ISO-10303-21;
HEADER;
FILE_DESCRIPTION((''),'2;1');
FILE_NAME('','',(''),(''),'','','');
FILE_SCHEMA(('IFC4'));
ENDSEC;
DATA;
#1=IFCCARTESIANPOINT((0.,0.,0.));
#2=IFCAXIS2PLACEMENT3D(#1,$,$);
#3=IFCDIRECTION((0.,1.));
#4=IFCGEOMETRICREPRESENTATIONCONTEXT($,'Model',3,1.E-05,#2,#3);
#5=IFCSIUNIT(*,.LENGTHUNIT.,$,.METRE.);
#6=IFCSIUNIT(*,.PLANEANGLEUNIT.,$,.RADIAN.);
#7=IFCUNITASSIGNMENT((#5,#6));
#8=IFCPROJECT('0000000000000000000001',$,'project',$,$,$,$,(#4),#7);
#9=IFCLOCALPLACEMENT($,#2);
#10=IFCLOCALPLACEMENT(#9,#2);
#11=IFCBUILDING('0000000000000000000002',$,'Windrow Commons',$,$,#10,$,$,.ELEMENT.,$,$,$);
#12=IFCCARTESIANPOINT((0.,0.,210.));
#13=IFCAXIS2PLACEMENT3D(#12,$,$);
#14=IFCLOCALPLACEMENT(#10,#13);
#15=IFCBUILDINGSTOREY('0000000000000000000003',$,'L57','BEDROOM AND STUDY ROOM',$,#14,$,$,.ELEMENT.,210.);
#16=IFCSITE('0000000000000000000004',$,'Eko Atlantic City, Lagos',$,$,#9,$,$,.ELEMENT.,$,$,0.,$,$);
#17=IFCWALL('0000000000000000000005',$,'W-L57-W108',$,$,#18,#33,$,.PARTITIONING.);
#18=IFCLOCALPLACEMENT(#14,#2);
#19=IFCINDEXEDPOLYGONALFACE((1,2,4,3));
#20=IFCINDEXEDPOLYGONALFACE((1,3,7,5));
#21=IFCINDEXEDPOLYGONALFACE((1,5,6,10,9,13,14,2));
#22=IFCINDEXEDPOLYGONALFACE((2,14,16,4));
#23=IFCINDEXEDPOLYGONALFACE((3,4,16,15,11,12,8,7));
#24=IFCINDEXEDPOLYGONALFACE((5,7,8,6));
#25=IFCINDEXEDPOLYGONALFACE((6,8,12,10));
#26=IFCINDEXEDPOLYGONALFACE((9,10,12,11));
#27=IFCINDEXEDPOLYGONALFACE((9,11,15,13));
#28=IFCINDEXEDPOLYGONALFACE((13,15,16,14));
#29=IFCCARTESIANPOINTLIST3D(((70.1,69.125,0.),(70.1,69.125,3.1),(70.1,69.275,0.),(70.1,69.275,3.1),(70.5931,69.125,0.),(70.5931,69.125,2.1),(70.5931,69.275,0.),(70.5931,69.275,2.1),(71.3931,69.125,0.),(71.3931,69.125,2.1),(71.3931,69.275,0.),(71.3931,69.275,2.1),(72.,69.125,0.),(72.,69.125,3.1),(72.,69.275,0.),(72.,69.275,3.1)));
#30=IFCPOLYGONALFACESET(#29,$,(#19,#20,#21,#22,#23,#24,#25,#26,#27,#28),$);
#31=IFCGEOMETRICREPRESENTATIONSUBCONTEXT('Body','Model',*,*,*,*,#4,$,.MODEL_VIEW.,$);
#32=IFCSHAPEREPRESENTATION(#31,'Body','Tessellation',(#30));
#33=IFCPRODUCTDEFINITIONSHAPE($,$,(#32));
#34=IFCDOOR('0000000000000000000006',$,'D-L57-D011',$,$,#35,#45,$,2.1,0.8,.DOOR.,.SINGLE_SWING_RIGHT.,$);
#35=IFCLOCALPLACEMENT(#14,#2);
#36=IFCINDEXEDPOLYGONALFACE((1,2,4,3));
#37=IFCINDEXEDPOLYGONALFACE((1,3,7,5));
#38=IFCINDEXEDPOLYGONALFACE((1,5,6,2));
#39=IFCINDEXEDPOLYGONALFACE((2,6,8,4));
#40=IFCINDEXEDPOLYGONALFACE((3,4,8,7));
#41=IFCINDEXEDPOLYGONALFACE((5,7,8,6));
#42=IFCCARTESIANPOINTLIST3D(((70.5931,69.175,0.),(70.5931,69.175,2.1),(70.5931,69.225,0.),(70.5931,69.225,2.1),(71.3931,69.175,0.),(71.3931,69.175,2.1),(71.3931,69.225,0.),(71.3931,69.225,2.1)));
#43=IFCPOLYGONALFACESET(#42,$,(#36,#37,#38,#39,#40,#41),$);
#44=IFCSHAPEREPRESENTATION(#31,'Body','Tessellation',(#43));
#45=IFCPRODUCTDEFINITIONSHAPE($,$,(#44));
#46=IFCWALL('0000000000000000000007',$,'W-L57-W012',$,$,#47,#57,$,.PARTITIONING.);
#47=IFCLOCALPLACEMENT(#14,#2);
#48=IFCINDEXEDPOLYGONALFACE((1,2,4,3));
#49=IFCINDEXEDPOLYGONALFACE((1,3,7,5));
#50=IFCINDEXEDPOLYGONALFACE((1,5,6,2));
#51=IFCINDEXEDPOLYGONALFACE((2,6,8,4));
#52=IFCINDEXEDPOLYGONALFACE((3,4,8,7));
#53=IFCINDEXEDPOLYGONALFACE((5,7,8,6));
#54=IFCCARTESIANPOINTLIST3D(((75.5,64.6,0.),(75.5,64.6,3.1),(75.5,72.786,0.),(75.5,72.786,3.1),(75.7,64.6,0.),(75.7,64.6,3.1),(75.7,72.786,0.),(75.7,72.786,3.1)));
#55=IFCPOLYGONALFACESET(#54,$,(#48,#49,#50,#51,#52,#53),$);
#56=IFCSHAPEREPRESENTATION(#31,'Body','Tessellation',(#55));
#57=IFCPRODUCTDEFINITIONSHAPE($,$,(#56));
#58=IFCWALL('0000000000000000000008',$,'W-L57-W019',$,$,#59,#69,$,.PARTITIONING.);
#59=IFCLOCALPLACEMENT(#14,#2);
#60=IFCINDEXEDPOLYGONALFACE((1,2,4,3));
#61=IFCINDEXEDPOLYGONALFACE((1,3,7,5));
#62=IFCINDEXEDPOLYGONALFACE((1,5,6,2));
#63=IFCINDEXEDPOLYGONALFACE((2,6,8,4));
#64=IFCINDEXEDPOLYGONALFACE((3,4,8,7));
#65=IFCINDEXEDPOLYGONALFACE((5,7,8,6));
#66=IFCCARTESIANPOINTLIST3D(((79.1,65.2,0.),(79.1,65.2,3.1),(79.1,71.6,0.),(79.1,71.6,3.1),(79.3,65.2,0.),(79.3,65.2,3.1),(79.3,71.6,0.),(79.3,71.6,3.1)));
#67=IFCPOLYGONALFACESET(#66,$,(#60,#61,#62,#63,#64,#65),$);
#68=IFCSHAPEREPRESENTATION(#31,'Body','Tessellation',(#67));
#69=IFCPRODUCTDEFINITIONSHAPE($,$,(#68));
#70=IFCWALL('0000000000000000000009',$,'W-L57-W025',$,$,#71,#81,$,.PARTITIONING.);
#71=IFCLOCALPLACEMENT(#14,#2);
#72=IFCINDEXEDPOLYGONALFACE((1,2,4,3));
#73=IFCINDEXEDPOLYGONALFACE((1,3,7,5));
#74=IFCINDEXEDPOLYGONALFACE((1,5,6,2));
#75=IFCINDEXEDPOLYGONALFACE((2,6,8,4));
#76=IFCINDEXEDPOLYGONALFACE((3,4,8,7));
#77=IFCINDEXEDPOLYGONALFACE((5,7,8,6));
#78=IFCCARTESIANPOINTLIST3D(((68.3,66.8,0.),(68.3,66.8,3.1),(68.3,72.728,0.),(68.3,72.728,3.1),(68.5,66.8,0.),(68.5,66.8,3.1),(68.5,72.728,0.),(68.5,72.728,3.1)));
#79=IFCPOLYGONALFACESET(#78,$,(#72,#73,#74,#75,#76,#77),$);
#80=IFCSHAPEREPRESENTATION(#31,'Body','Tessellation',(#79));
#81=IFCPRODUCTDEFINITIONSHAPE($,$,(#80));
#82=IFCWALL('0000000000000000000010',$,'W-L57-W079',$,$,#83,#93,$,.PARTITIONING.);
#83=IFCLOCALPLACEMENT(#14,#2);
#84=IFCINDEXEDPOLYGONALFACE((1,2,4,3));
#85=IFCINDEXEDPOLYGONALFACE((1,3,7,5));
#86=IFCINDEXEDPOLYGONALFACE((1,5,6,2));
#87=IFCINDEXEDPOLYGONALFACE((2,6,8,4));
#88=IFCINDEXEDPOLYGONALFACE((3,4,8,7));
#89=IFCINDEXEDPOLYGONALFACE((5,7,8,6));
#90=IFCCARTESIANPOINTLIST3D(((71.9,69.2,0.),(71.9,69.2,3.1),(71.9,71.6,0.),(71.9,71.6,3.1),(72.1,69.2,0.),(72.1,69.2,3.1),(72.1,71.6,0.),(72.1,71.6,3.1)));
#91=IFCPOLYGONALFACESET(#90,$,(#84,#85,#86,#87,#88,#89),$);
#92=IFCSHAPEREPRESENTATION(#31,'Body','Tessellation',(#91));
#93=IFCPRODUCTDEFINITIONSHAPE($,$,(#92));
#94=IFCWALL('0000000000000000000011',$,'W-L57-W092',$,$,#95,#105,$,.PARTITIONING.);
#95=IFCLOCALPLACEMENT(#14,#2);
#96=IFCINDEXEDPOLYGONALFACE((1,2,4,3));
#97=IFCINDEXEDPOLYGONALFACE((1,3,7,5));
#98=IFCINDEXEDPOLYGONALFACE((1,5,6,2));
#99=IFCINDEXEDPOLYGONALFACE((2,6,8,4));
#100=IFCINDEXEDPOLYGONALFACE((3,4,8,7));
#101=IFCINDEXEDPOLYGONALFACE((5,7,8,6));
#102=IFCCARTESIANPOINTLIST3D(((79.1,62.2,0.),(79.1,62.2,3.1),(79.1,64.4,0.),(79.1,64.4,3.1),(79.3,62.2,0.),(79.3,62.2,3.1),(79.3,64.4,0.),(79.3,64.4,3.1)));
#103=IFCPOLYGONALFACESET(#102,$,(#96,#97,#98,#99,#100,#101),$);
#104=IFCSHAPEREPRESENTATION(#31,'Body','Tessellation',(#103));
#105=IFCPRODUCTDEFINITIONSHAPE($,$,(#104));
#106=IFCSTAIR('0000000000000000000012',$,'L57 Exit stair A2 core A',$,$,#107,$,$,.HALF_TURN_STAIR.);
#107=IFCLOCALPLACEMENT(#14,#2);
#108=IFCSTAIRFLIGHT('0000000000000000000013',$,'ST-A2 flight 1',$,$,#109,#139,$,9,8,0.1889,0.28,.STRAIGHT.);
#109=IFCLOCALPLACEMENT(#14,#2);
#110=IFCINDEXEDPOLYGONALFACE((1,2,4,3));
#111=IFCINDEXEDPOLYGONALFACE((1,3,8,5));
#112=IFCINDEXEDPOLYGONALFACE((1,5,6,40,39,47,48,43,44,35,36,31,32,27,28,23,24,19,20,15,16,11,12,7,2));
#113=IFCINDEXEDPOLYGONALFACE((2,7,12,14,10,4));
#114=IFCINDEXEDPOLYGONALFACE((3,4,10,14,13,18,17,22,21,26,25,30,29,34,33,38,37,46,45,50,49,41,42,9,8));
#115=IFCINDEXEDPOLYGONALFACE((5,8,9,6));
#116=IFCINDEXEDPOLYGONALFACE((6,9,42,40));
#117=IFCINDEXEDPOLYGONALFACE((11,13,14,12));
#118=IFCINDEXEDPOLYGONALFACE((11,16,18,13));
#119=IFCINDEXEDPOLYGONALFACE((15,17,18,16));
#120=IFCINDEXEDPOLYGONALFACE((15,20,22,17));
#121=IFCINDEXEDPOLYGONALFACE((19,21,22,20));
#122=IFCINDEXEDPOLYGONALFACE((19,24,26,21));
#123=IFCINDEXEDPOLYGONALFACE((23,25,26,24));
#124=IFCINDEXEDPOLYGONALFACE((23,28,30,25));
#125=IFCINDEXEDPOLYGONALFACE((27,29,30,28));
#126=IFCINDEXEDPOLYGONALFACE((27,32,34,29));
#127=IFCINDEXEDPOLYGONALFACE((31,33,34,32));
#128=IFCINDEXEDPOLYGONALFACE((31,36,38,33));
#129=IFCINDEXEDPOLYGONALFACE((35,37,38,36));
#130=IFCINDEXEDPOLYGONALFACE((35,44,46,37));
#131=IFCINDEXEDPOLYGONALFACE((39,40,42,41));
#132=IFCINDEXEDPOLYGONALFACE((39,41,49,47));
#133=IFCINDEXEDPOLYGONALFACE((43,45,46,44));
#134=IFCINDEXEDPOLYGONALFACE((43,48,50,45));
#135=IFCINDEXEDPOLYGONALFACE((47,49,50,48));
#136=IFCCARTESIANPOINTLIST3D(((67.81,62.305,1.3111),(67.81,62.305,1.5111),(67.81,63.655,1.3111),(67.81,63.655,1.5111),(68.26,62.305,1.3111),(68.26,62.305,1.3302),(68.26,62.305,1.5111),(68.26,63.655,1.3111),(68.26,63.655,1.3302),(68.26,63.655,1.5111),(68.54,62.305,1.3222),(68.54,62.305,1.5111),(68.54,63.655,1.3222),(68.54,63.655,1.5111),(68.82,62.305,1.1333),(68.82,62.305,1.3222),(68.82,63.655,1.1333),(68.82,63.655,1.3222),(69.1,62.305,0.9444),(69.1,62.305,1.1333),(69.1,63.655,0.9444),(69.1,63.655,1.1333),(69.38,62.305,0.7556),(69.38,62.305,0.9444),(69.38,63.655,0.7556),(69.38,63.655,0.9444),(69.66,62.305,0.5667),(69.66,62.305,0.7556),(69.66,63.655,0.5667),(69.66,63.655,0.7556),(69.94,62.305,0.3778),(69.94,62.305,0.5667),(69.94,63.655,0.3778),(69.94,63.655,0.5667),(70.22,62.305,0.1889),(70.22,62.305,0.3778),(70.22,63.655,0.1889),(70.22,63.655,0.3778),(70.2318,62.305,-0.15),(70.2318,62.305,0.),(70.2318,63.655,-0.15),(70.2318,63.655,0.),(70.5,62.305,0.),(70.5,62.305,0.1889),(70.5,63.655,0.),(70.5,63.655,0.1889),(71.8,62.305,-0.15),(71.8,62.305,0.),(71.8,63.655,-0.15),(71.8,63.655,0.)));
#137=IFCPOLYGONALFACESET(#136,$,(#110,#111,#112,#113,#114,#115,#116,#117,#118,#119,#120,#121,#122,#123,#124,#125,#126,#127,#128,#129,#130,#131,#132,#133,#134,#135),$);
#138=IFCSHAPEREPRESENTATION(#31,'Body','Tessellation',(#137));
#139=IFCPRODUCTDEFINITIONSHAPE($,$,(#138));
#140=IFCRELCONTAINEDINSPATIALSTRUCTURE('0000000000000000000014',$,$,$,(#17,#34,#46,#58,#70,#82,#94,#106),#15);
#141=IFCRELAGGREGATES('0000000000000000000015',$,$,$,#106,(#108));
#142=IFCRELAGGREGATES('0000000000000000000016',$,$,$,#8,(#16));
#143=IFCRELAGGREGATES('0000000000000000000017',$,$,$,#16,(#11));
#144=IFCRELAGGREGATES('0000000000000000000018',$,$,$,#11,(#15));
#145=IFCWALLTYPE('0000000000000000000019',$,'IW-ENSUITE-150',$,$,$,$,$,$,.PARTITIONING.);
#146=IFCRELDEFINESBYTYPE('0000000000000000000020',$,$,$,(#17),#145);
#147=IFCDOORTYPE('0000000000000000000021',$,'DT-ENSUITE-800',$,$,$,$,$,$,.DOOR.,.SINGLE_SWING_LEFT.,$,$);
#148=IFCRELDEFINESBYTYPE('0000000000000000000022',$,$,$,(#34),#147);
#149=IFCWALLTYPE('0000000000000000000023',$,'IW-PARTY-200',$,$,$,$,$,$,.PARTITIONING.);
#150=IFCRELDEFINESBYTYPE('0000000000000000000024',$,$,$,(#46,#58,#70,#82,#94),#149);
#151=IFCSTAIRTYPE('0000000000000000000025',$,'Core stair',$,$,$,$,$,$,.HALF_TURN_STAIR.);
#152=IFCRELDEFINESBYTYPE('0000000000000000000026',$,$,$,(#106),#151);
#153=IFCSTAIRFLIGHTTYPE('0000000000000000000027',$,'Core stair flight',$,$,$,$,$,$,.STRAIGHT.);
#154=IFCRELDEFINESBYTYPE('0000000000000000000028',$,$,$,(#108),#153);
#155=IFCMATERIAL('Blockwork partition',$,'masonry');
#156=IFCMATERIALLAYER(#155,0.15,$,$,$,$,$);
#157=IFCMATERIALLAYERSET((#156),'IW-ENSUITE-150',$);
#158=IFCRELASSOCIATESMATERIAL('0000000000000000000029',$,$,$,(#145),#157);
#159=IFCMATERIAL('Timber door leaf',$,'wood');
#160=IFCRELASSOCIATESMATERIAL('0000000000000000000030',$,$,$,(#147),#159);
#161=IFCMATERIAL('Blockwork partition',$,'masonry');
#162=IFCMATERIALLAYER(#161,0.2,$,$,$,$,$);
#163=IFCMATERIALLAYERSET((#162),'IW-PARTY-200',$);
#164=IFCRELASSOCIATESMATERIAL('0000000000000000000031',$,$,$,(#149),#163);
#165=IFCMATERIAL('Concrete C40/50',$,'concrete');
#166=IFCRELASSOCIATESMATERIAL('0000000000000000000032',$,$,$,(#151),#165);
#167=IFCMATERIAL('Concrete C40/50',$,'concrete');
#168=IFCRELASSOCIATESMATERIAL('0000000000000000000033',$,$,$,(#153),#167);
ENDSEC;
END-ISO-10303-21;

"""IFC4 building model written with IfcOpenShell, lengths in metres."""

from ifc_helpers import new_model, si_unit, direction, frame, frame_2d, origin, place, context, subcontext, project, spatial, polyline, rectangle, outline, extrude, material, layer, layer_set, type_object, element, fill, aggregate, save


model = new_model("IFC4")

# Units and contexts
model_context = context("Model", 3, precision=1e-05, world=origin(), true_north=direction((0.0, 1.0)))
body_context = subcontext(model_context, "Body", "Model", "MODEL_VIEW")
ifc_project = project(units=[si_unit("LENGTHUNIT", "METRE"), si_unit("PLANEANGLEUNIT", "RADIAN")], contexts=[model_context])

# Site, building, storey
site_placement = place(None, origin())
site = spatial("IfcSite", under=ifc_project, at=site_placement, Name="Eko Atlantic City, Lagos", CompositionType="ELEMENT", RefElevation=0.0)
building_placement = place(site_placement, origin())
building = spatial("IfcBuilding", under=site, at=building_placement, Name="Windrow Commons", CompositionType="ELEMENT")
storey_placement = place(building_placement, frame((0.0, 0.0, 210.0)))
storey = spatial("IfcBuildingStorey", under=building, at=storey_placement, Name="L57", Description="BEDROOM AND STUDY ROOM", CompositionType="ELEMENT", Elevation=210.0)

# Shared definitions
ifc_material_1 = material(Name="Blockwork partition", Category="masonry")
ifc_layer_1 = layer(ifc_material_1, 0.15)
ifc_layer_set_1 = layer_set([ifc_layer_1], Name="IW-ENSUITE-150")
wall_type_1 = type_object("IfcWallType", Name="IW-ENSUITE-150", PredefinedType="PARTITIONING", material=ifc_layer_set_1)

# Wall, opening, door
ifc_material_2 = material(Name="Timber door leaf", Category="wood")
door_type_1 = type_object("IfcDoorType", Name="DT-ENSUITE-800", OperationType="SINGLE_SWING_LEFT", PredefinedType="DOOR", material=ifc_material_2)
wall_1_placement = place(storey_placement, frame((70.1, 69.2, 0.0), z_axis=(0.0, 0.0, 1.0), x_axis=(1.0, 0.0, 0.0)))
wall_1 = element("IfcWall", 1, at=wall_1_placement, inside=storey, type_object=wall_type_1, Name="W-L57-W108", PredefinedType="PARTITIONING", context=body_context, shape_type="SweptSolid", body=[
    extrude(rectangle(XDim=1.9, YDim=0.15, at=frame_2d((0.95, 0.0))), origin(), (0.0, 0.0, 1.0), 3.1),
])
opening_1_placement = place(wall_1_placement, frame((0.4931, 0.0, 0.0)))
opening_1 = element("IfcOpeningElement", 2, at=opening_1_placement, cuts=wall_1, PredefinedType="OPENING", context=body_context, shape_type="SweptSolid", body=[
    extrude(rectangle(XDim=0.8, YDim=2.1, at=frame_2d((0.4, 1.05))), frame((0.0, 0.085, 0.0), z_axis=(0.0, -1.0, 0.0), x_axis=(1.0, 0.0, 0.0)), (0.0, 0.0, 1.0), 0.17),
])
door_1_placement = place(opening_1_placement, origin())
door_1 = element("IfcDoor", 3, at=door_1_placement, inside=storey, type_object=door_type_1, Name="D-L57-D011", OperationType="SINGLE_SWING_RIGHT", OverallHeight=2.1, OverallWidth=0.8, PredefinedType="DOOR", context=body_context, shape_type="SweptSolid", body=[
    extrude(rectangle(XDim=0.8, YDim=2.1, at=frame_2d((0.4, 1.05))), frame((0.0, 0.025, 0.0), z_axis=(0.0, -1.0, 0.0), x_axis=(1.0, 0.0, 0.0)), (0.0, 0.0, 1.0), 0.05),
])
fill(opening_1, door_1)

# Walls
ifc_material_3 = material(Name="Blockwork partition", Category="masonry")
ifc_layer_2 = layer(ifc_material_3, 0.2)
ifc_layer_set_2 = layer_set([ifc_layer_2], Name="IW-PARTY-200")
wall_type_2 = type_object("IfcWallType", Name="IW-PARTY-200", PredefinedType="PARTITIONING", material=ifc_layer_set_2)
wall_2_placement = place(storey_placement, frame((75.6, 64.6, 0.0), z_axis=(0.0, 0.0, 1.0), x_axis=(0.0, 1.0, 0.0)))
element("IfcWall", 4, at=wall_2_placement, inside=storey, type_object=wall_type_2, Name="W-L57-W012", PredefinedType="PARTITIONING", context=body_context, shape_type="SweptSolid", body=[
    extrude(rectangle(XDim=8.186, YDim=0.2, at=frame_2d((4.093, 0.0))), origin(), (0.0, 0.0, 1.0), 3.1),
])
wall_3_placement = place(storey_placement, frame((79.2, 65.2, 0.0), z_axis=(0.0, 0.0, 1.0), x_axis=(0.0, 1.0, 0.0)))
element("IfcWall", 5, at=wall_3_placement, inside=storey, type_object=wall_type_2, Name="W-L57-W019", PredefinedType="PARTITIONING", context=body_context, shape_type="SweptSolid", body=[
    extrude(rectangle(XDim=6.4, YDim=0.2, at=frame_2d((3.2, 0.0))), origin(), (0.0, 0.0, 1.0), 3.1),
])
wall_4_placement = place(storey_placement, frame((68.4, 66.8, 0.0), z_axis=(0.0, 0.0, 1.0), x_axis=(0.0, 1.0, 0.0)))
element("IfcWall", 6, at=wall_4_placement, inside=storey, type_object=wall_type_2, Name="W-L57-W025", PredefinedType="PARTITIONING", context=body_context, shape_type="SweptSolid", body=[
    extrude(rectangle(XDim=5.928, YDim=0.2, at=frame_2d((2.964, 0.0))), origin(), (0.0, 0.0, 1.0), 3.1),
])
wall_5_placement = place(storey_placement, frame((72.0, 69.2, 0.0), z_axis=(0.0, 0.0, 1.0), x_axis=(0.0, 1.0, 0.0)))
element("IfcWall", 7, at=wall_5_placement, inside=storey, type_object=wall_type_2, Name="W-L57-W079", PredefinedType="PARTITIONING", context=body_context, shape_type="SweptSolid", body=[
    extrude(rectangle(XDim=2.4, YDim=0.2, at=frame_2d((1.2, 0.0))), origin(), (0.0, 0.0, 1.0), 3.1),
])
wall_6_placement = place(storey_placement, frame((79.2, 62.2, 0.0), z_axis=(0.0, 0.0, 1.0), x_axis=(0.0, 1.0, 0.0)))
element("IfcWall", 8, at=wall_6_placement, inside=storey, type_object=wall_type_2, Name="W-L57-W092", PredefinedType="PARTITIONING", context=body_context, shape_type="SweptSolid", body=[
    extrude(rectangle(XDim=2.2, YDim=0.2, at=frame_2d((1.1, 0.0))), origin(), (0.0, 0.0, 1.0), 3.1),
])

# Stair, stair flight
ifc_material_4 = material(Name="Concrete C40/50", Category="concrete")
stair_type = type_object("IfcStairType", Name="Core stair", PredefinedType="HALF_TURN_STAIR", material=ifc_material_4)
stair_placement = place(storey_placement, origin())
stair = element("IfcStair", 9, at=stair_placement, inside=storey, type_object=stair_type, Name="L57 Exit stair A2 core A", PredefinedType="HALF_TURN_STAIR")
ifc_material_5 = material(Name="Concrete C40/50", Category="concrete")
stair_flight_type = type_object("IfcStairFlightType", Name="Core stair flight", PredefinedType="STRAIGHT", material=ifc_material_5)
stair_flight_placement = place(storey_placement, frame((70.5, 62.98, 0.0), z_axis=(0.0, 0.0, 1.0), x_axis=(-1.0, 0.0, 0.0)))
stair_flight = element("IfcStairFlight", 10, at=stair_flight_placement, type_object=stair_flight_type, Name="ST-A2 flight 1", NumberOfRisers=9, NumberOfTreads=8, PredefinedType="STRAIGHT", RiserHeight=0.1889, TreadLength=0.28, context=body_context, shape_type="SweptSolid", body=[
    extrude(outline(polyline([(-1.3, -0.15), (-1.3, 0.0), (0.0, 0.0), (0.0, 0.1889), (0.28, 0.1889), (0.28, 0.3778), (0.56, 0.3778), (0.56, 0.5667), (0.84, 0.5667), (0.84, 0.7556), (1.12, 0.7556), (1.12, 0.9444), (1.4, 0.9444), (1.4, 1.1333), (1.68, 1.1333), (1.68, 1.3222), (1.96, 1.3222), (1.96, 1.5111), (2.24, 1.5111), (2.69, 1.5111), (2.69, 1.3111), (2.24, 1.3111), (2.24, 1.3302), (0.2682, 0.0), (0.2682, -0.15), (-1.3, -0.15)])), frame((0.0, 0.675, 0.0), z_axis=(0.0, -1.0, 0.0), x_axis=(1.0, 0.0, 0.0)), (0.0, 0.0, 1.0), 1.35),
])
aggregate(stair, [stair_flight])

save(model, "model.ifc")
